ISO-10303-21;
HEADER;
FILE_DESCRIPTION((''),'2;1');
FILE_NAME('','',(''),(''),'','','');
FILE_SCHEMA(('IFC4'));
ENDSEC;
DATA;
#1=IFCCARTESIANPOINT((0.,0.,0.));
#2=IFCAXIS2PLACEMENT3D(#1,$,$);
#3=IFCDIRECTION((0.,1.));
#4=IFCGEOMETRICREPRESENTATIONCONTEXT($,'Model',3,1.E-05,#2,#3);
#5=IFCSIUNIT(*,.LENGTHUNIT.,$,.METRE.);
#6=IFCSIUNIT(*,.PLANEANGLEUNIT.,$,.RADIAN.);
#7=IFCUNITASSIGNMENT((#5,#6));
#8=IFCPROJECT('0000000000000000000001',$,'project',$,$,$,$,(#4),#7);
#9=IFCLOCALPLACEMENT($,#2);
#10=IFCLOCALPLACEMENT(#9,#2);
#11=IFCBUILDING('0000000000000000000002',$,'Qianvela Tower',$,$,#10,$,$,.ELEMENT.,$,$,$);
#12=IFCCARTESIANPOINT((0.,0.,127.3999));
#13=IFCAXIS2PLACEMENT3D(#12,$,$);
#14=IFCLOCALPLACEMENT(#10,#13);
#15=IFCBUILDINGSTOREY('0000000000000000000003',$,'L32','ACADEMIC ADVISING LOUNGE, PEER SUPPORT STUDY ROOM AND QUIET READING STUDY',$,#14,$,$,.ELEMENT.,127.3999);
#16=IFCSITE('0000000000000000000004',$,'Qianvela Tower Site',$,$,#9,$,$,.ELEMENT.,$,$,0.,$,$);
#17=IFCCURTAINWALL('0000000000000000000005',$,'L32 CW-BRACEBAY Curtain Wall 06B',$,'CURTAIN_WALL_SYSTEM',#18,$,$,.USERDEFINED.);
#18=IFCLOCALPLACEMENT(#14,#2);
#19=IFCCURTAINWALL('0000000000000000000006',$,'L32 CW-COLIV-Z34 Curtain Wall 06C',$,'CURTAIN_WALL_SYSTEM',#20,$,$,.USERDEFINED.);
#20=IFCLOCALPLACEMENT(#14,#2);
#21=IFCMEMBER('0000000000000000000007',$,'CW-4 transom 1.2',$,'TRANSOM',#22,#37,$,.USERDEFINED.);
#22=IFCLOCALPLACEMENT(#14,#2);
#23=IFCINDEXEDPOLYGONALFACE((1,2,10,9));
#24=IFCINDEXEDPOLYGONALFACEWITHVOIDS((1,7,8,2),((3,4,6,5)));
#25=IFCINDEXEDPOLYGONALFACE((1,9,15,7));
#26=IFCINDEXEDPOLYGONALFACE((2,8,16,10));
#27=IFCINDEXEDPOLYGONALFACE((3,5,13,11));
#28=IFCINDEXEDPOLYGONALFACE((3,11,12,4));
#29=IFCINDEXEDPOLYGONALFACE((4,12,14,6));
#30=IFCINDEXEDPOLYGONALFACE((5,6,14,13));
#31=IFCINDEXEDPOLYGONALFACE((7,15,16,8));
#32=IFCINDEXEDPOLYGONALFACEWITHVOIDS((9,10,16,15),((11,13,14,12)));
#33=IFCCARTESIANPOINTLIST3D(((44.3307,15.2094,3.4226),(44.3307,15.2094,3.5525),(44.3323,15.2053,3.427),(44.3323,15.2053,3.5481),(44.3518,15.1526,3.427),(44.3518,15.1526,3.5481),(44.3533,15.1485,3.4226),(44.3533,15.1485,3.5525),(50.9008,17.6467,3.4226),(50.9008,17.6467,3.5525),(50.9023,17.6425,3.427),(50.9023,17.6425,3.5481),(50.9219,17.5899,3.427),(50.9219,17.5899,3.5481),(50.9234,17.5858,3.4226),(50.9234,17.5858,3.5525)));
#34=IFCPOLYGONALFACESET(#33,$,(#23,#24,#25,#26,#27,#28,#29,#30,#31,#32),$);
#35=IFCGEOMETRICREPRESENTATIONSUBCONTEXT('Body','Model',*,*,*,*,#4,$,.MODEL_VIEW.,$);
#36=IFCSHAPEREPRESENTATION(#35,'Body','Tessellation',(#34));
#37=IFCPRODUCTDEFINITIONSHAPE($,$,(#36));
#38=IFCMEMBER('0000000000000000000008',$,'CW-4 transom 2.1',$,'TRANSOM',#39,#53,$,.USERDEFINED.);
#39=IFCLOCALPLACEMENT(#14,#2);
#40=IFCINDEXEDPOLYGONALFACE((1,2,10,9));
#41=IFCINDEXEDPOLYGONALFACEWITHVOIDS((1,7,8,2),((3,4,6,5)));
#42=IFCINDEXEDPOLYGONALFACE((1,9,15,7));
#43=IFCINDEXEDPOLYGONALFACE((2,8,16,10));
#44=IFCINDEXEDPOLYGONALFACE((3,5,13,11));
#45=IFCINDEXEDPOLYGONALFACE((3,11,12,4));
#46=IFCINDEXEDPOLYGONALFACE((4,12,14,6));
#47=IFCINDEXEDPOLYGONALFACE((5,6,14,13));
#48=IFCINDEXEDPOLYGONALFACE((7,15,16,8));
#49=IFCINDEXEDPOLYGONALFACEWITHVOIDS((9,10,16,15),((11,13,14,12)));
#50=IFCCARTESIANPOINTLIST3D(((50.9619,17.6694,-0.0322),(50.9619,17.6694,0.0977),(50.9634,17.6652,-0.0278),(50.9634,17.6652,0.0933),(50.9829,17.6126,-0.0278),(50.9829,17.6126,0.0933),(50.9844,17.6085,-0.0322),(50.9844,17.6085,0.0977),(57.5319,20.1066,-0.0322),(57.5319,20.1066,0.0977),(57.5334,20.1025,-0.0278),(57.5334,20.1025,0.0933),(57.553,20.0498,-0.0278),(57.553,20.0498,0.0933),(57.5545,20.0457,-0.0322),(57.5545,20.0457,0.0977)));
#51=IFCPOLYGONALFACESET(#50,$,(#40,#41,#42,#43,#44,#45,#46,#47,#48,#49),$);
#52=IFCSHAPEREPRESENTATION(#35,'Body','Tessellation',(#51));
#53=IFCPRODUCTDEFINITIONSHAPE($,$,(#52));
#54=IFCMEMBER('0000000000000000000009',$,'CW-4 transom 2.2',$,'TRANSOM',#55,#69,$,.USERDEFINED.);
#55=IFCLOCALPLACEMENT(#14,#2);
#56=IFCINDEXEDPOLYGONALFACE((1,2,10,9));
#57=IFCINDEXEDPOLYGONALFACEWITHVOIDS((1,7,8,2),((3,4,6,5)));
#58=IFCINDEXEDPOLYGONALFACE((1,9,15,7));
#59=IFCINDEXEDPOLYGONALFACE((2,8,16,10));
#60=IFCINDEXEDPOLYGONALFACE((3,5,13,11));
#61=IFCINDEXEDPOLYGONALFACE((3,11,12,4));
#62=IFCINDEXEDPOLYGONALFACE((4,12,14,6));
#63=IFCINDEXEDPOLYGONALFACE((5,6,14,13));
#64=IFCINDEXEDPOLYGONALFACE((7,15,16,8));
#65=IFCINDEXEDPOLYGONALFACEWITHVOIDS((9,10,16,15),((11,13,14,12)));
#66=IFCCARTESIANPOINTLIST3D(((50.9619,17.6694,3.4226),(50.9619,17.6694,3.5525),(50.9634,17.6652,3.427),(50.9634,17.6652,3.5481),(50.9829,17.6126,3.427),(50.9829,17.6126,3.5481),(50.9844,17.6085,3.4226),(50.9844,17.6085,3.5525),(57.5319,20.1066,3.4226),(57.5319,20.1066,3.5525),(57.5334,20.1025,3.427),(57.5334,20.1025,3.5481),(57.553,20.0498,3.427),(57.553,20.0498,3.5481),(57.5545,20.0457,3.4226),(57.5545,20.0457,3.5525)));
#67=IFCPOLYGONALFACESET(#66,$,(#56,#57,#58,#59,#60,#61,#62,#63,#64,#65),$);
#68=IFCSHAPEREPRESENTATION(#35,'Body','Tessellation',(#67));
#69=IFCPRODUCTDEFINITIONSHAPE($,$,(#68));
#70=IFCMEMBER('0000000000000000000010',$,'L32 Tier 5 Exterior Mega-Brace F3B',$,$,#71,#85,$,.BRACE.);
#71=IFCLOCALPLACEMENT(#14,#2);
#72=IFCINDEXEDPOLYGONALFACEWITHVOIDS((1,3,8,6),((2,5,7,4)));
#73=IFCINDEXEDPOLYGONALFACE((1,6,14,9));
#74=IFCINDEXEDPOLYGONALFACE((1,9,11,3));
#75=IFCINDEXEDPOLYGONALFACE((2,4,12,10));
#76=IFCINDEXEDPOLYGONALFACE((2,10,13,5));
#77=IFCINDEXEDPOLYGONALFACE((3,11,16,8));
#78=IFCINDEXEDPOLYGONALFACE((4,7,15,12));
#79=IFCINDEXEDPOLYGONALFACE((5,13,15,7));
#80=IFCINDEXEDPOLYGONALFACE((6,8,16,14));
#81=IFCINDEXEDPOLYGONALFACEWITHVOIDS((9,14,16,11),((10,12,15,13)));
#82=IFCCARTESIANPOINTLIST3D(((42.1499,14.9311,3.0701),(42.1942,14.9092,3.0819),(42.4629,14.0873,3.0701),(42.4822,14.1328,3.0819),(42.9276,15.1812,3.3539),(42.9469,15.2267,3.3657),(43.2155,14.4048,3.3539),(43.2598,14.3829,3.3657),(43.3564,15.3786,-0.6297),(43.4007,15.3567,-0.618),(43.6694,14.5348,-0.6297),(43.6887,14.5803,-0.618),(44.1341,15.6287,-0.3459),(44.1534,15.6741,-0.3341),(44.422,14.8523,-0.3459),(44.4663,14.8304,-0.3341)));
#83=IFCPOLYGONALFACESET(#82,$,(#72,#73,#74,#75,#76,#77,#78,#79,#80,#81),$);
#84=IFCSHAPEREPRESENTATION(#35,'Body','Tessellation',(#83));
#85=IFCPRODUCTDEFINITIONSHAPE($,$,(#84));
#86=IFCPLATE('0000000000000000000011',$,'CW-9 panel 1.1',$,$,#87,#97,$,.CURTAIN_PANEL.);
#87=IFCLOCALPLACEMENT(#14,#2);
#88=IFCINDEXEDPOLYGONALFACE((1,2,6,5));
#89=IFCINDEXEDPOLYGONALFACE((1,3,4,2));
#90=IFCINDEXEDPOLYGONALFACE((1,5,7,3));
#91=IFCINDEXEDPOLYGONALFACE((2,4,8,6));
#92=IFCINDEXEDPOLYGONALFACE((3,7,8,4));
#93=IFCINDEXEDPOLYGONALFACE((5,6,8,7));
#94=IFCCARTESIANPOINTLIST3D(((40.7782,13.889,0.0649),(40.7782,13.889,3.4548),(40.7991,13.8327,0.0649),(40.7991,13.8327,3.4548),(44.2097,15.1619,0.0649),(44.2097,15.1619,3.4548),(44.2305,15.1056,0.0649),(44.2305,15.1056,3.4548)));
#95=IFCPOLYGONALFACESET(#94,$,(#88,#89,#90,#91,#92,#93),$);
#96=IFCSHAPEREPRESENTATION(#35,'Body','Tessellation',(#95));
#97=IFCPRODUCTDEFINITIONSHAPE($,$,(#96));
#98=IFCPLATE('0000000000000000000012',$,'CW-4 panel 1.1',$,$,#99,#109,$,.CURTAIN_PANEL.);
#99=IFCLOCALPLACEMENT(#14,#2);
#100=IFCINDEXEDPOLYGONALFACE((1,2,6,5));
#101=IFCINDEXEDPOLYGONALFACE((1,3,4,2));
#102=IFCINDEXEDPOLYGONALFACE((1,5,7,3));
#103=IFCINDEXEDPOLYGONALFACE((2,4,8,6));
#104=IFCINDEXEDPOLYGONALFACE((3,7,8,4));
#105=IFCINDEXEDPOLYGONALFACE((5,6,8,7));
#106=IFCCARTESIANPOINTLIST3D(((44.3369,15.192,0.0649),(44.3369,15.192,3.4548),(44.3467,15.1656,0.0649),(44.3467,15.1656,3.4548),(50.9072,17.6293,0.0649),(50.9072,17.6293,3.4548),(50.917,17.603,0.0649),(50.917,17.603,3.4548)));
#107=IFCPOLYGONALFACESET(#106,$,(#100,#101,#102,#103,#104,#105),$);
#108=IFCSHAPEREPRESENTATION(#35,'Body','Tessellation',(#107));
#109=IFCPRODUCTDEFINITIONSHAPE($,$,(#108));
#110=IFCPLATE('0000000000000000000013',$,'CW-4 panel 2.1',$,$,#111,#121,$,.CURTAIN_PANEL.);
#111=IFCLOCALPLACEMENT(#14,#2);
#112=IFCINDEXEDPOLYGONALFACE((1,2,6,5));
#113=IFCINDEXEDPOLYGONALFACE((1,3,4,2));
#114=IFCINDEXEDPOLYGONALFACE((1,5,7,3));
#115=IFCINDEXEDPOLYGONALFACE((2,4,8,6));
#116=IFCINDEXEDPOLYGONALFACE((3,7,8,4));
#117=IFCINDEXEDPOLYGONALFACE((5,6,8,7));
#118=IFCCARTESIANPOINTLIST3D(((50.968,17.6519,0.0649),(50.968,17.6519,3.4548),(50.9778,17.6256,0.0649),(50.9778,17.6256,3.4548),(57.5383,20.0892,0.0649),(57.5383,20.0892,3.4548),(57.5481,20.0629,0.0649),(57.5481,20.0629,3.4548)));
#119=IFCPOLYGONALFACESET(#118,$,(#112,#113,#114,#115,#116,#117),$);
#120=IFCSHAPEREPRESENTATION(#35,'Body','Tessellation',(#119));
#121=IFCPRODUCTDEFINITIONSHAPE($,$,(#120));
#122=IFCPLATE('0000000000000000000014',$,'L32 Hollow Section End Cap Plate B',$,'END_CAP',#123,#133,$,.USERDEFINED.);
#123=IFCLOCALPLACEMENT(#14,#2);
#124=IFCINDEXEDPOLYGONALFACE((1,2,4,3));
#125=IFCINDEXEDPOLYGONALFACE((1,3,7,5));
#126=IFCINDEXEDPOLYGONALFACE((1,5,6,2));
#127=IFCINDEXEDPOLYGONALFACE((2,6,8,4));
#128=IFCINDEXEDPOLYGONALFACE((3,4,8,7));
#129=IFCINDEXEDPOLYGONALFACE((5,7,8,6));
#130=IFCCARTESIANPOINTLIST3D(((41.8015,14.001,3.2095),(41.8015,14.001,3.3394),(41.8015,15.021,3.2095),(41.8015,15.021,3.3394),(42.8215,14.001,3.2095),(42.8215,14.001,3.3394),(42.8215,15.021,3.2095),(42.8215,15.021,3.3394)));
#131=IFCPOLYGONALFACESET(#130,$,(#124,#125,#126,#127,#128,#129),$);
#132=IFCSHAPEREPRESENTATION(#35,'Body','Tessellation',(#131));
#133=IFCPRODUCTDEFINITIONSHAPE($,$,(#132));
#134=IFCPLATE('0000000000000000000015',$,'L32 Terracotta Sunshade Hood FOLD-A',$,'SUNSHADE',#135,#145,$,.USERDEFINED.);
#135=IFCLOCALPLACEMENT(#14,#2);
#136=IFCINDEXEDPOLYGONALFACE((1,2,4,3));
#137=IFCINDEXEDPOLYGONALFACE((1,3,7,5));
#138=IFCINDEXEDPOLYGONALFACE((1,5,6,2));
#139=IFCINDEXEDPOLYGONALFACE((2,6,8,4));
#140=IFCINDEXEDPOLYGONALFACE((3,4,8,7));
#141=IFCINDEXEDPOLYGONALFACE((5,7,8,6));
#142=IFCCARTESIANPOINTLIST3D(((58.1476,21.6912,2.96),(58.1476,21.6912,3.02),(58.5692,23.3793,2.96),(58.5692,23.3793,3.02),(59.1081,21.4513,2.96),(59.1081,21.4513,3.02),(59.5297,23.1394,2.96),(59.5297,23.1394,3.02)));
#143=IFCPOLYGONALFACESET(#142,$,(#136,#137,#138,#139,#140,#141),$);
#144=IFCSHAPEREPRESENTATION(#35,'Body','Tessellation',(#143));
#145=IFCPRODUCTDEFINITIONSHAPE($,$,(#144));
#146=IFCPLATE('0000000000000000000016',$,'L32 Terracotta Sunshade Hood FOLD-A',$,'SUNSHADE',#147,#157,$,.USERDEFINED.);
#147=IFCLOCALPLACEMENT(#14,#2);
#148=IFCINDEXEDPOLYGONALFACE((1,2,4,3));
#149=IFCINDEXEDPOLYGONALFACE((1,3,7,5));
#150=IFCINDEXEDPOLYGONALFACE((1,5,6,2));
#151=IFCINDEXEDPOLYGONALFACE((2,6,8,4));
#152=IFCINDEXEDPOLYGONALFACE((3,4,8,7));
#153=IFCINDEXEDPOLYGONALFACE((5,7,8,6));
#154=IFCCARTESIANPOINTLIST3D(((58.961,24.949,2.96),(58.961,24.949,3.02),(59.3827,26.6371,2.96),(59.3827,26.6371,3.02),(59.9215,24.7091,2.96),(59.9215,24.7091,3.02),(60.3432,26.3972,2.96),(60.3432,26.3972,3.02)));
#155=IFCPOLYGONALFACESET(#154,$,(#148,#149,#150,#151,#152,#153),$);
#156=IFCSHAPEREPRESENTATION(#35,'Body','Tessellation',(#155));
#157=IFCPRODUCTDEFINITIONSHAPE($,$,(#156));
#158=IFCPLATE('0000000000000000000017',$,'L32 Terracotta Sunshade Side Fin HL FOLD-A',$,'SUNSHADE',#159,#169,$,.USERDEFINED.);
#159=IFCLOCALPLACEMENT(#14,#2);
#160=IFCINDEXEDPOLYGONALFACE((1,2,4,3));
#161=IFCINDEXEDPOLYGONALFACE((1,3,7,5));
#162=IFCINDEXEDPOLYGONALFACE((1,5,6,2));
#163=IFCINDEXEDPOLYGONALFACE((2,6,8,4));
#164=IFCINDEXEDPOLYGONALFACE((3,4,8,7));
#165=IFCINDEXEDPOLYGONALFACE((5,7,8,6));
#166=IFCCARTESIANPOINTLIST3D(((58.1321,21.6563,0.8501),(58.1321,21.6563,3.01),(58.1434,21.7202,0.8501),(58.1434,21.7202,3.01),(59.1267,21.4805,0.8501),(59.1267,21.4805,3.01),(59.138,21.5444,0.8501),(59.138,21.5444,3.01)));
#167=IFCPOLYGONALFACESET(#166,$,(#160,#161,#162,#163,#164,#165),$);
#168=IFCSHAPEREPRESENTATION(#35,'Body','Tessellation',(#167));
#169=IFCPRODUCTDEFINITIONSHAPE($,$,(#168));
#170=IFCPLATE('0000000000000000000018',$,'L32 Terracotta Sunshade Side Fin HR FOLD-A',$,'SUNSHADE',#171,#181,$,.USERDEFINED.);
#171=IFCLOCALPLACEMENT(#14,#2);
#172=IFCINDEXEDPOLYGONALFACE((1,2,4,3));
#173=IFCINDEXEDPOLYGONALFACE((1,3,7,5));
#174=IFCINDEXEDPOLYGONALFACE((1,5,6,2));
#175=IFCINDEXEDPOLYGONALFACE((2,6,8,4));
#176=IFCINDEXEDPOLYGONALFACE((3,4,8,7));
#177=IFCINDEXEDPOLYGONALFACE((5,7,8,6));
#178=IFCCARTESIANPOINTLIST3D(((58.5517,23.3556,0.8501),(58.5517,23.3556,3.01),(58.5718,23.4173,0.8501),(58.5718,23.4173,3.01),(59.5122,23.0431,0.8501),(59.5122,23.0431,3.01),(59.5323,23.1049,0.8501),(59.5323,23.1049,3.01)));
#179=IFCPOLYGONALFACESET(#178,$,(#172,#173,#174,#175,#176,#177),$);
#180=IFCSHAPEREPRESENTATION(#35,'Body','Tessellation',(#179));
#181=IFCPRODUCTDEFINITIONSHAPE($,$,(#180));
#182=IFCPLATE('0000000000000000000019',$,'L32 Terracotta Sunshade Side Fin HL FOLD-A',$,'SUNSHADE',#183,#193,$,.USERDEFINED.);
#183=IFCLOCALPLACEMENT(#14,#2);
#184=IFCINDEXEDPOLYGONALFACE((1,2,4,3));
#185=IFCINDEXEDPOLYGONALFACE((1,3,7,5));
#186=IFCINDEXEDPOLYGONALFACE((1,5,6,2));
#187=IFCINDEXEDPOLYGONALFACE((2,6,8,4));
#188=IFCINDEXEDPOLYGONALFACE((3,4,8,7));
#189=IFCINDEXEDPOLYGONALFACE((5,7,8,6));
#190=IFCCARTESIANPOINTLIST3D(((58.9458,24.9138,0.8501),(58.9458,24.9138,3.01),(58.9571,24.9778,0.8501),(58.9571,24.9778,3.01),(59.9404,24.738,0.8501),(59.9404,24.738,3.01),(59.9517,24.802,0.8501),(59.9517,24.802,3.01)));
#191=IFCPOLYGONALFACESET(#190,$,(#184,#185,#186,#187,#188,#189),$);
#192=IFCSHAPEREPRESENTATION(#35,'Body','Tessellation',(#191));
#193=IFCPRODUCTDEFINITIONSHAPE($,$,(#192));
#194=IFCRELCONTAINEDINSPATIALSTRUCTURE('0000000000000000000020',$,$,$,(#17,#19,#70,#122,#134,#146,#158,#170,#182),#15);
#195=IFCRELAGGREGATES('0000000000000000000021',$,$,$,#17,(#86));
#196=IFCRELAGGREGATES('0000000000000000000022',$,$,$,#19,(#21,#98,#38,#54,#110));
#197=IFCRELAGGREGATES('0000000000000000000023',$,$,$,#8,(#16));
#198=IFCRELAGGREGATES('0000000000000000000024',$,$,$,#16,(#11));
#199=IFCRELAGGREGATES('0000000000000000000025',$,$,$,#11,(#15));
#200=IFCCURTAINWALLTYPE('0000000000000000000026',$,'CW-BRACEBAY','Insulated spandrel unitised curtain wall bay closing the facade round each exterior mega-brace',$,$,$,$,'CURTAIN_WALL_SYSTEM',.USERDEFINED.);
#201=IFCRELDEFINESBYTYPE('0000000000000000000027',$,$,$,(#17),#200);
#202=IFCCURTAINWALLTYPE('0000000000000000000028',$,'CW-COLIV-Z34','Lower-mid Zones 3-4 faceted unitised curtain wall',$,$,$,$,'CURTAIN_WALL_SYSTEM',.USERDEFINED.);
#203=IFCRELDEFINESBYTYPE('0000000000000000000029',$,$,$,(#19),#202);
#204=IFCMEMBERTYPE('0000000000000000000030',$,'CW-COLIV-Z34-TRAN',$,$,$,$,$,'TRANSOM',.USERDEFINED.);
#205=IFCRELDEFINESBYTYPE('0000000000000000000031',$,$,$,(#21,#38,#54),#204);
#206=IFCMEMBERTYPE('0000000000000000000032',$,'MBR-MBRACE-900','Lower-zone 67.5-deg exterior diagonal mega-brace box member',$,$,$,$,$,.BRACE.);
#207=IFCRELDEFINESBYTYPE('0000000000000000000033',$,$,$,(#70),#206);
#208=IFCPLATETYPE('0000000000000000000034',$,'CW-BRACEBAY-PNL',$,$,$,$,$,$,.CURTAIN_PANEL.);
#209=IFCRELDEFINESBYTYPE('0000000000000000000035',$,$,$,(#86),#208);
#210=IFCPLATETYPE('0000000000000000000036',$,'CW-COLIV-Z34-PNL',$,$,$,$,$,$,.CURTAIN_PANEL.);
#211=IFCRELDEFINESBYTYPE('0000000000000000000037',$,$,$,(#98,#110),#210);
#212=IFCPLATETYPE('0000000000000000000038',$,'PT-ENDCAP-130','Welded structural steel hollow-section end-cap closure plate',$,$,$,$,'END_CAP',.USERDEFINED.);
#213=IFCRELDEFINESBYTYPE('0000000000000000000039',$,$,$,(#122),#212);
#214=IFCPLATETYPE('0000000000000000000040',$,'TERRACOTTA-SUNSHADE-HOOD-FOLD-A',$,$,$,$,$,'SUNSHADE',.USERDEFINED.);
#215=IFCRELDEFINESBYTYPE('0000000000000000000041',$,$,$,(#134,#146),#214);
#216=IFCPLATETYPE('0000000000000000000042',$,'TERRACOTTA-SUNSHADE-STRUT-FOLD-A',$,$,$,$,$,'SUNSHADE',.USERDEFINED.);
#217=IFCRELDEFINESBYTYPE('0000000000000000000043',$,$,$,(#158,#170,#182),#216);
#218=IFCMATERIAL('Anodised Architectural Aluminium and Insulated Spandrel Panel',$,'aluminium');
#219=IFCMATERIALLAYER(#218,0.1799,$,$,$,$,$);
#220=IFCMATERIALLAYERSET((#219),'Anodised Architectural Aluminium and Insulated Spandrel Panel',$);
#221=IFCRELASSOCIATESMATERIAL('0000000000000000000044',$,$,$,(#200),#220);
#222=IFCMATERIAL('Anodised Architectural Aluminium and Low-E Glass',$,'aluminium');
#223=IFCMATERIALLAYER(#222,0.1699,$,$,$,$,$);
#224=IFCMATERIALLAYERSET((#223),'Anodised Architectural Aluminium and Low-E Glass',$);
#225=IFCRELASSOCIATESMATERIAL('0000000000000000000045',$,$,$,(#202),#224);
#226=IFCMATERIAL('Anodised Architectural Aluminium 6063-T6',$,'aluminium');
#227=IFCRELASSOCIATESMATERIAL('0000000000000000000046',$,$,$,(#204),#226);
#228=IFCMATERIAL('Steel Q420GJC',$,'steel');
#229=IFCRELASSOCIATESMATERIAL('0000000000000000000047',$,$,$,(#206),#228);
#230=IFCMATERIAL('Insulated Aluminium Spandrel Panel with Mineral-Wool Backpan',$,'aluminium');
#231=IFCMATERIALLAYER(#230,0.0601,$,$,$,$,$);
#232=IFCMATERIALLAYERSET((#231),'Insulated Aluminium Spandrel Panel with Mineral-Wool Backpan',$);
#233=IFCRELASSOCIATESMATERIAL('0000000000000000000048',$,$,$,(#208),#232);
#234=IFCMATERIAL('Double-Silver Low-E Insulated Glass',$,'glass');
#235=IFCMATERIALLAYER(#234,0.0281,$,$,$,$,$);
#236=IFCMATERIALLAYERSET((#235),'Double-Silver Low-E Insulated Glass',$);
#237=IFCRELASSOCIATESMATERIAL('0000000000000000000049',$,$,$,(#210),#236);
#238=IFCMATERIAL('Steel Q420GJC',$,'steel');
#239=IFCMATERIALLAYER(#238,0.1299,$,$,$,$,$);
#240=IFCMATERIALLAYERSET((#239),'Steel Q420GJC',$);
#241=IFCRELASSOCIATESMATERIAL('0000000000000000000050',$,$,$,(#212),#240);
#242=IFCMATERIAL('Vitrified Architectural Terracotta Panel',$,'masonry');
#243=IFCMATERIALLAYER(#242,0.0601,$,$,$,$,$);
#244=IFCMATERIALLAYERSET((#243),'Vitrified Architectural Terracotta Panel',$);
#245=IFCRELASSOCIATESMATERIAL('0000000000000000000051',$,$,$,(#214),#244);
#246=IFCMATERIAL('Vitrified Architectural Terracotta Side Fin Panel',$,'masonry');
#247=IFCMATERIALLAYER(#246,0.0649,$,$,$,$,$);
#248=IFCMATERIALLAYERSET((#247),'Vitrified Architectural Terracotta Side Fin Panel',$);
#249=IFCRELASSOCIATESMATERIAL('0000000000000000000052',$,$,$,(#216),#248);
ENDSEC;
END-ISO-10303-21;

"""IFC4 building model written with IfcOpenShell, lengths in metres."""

from ifc_helpers import new_model, si_unit, direction, frame, origin, origin_2d, place, context, subcontext, project, spatial, rectangle, hollow_rectangle, extrude, material, layer, layer_set, material_profile, profile_set, type_object, element, aggregate, save


model = new_model("IFC4")

# Units and contexts
model_context = context("Model", 3, precision=1e-05, world=origin(), true_north=direction((0.0, 1.0)))
body_context = subcontext(model_context, "Body", "Model", "MODEL_VIEW")
ifc_project = project(units=[si_unit("LENGTHUNIT", "METRE"), si_unit("PLANEANGLEUNIT", "RADIAN")], contexts=[model_context])

# Site, building, storey
site_placement = place(None, origin())
site = spatial("IfcSite", under=ifc_project, at=site_placement, Name="Qianvela Tower Site", CompositionType="ELEMENT", RefElevation=0.0)
building_placement = place(site_placement, origin())
building = spatial("IfcBuilding", under=site, at=building_placement, Name="Qianvela Tower", CompositionType="ELEMENT")
storey_placement = place(building_placement, frame((0.0, 0.0, 127.3999)))
storey = spatial("IfcBuildingStorey", under=building, at=storey_placement, Name="L32", Description="ACADEMIC ADVISING LOUNGE, PEER SUPPORT STUDY ROOM AND QUIET READING STUDY", CompositionType="ELEMENT", Elevation=127.3999)

# Curtain wall
ifc_material_1 = material(Name="Anodised Architectural Aluminium and Insulated Spandrel Panel", Category="aluminium")
ifc_layer_1 = layer(ifc_material_1, 0.1799)
ifc_layer_set_1 = layer_set([ifc_layer_1], Name="Anodised Architectural Aluminium and Insulated Spandrel Panel")
curtain_wall_type_1 = type_object("IfcCurtainWallType", Name="CW-BRACEBAY", Description="Insulated spandrel unitised curtain wall bay closing the facade round each exterior mega-brace", ElementType="CURTAIN_WALL_SYSTEM", PredefinedType="USERDEFINED", material=ifc_layer_set_1)
curtain_wall_1_placement = place(storey_placement, origin())
curtain_wall_1 = element("IfcCurtainWall", 1, at=curtain_wall_1_placement, inside=storey, type_object=curtain_wall_type_1, Name="L32 CW-BRACEBAY Curtain Wall 06B", ObjectType="CURTAIN_WALL_SYSTEM", PredefinedType="USERDEFINED")

# Curtain wall, members
ifc_material_2 = material(Name="Anodised Architectural Aluminium and Low-E Glass", Category="aluminium")
ifc_layer_2 = layer(ifc_material_2, 0.1699)
ifc_layer_set_2 = layer_set([ifc_layer_2], Name="Anodised Architectural Aluminium and Low-E Glass")
curtain_wall_type_2 = type_object("IfcCurtainWallType", Name="CW-COLIV-Z34", Description="Lower-mid Zones 3-4 faceted unitised curtain wall", ElementType="CURTAIN_WALL_SYSTEM", PredefinedType="USERDEFINED", material=ifc_layer_set_2)
curtain_wall_2_placement = place(storey_placement, origin())
curtain_wall_2 = element("IfcCurtainWall", 2, at=curtain_wall_2_placement, inside=storey, type_object=curtain_wall_type_2, Name="L32 CW-COLIV-Z34 Curtain Wall 06C", ObjectType="CURTAIN_WALL_SYSTEM", PredefinedType="USERDEFINED")
ifc_material_3 = material(Name="Anodised Architectural Aluminium 6063-T6", Category="aluminium")
ifc_material_profile_1 = material_profile(ifc_material_3, hollow_rectangle(XDim=0.0649, YDim=0.1299, WallThickness=0.0044, at=origin_2d()), Name="ALU-TRAN-65x130")
ifc_profile_set_1 = profile_set([ifc_material_profile_1], Name="Anodised Architectural Aluminium 6063-T6")
member_type_1 = type_object("IfcMemberType", Name="CW-COLIV-Z34-TRAN", ElementType="TRANSOM", PredefinedType="USERDEFINED", material=ifc_profile_set_1)
member_1_placement = place(storey_placement, frame((44.342, 15.179, 3.4875), z_axis=(0.937568, 0.347803, 0.0), x_axis=(-0.347803, 0.937568, 0.0)))
member_1 = element("IfcMember", 3, at=member_1_placement, type_object=member_type_1, Name="CW-4 transom 1.2", ObjectType="TRANSOM", PredefinedType="USERDEFINED", context=body_context, shape_type="SweptSolid", body=[
    extrude(hollow_rectangle(XDim=0.0649, YDim=0.1299, WallThickness=0.0044, at=origin_2d()), origin(), (0.0, 0.0, 1.0), 7.0076),
])
member_2_placement = place(storey_placement, frame((50.9731, 17.6389, 0.0327), z_axis=(0.937568, 0.347803, 0.0), x_axis=(-0.347803, 0.937568, 0.0)))
member_2 = element("IfcMember", 4, at=member_2_placement, type_object=member_type_1, Name="CW-4 transom 2.1", ObjectType="TRANSOM", PredefinedType="USERDEFINED", context=body_context, shape_type="SweptSolid", body=[
    extrude(hollow_rectangle(XDim=0.0649, YDim=0.1299, WallThickness=0.0044, at=origin_2d()), origin(), (0.0, 0.0, 1.0), 7.0076),
])
member_3_placement = place(storey_placement, frame((50.9731, 17.6389, 3.4875), z_axis=(0.937568, 0.347803, 0.0), x_axis=(-0.347803, 0.937568, 0.0)))
member_3 = element("IfcMember", 5, at=member_3_placement, type_object=member_type_1, Name="CW-4 transom 2.2", ObjectType="TRANSOM", PredefinedType="USERDEFINED", context=body_context, shape_type="SweptSolid", body=[
    extrude(hollow_rectangle(XDim=0.0649, YDim=0.1299, WallThickness=0.0044, at=origin_2d()), origin(), (0.0, 0.0, 1.0), 7.0076),
])

# Member
ifc_material_4 = material(Name="Steel Q420GJC", Category="steel")
ifc_material_profile_2 = material_profile(ifc_material_4, hollow_rectangle(XDim=0.8999, YDim=0.8999, WallThickness=0.0359, at=origin_2d()), Name="MBOX-900x900x36")
ifc_profile_set_2 = profile_set([ifc_material_profile_2], Name="Steel Q420GJC")
member_type_2 = type_object("IfcMemberType", Name="MBR-MBRACE-900", Description="Lower-zone 67.5-deg exterior diagonal mega-brace box member", PredefinedType="BRACE", material=ifc_profile_set_2)
member_4_placement = place(storey_placement, frame((43.9114, 15.1045, -0.4819), z_axis=(-0.308, -0.114238, 0.944503), x_axis=(0.347753, -0.937586, 0.0)))
element("IfcMember", 6, at=member_4_placement, inside=storey, type_object=member_type_2, Name="L32 Tier 5 Exterior Mega-Brace F3B", PredefinedType="BRACE", context=body_context, shape_type="SweptSolid", body=[
    extrude(hollow_rectangle(XDim=0.8999, YDim=0.8999, WallThickness=0.0359, at=origin_2d()), origin(), (0.0, 0.0, 1.0), 3.9172),
])

# Plates
ifc_material_5 = material(Name="Insulated Aluminium Spandrel Panel with Mineral-Wool Backpan", Category="aluminium")
ifc_layer_3 = layer(ifc_material_5, 0.0601)
ifc_layer_set_3 = layer_set([ifc_layer_3], Name="Insulated Aluminium Spandrel Panel with Mineral-Wool Backpan")
plate_type_1 = type_object("IfcPlateType", Name="CW-BRACEBAY-PNL", PredefinedType="CURTAIN_PANEL", material=ifc_layer_set_3)
plate_1_placement = place(storey_placement, frame((42.5044, 14.4973, 0.0649), z_axis=(0.0, 0.0, 1.0), x_axis=(0.937566, 0.347808, 0.0)))
plate_1 = element("IfcPlate", 7, at=plate_1_placement, type_object=plate_type_1, Name="CW-9 panel 1.1", PredefinedType="CURTAIN_PANEL", context=body_context, shape_type="SweptSolid", body=[
    extrude(rectangle(XDim=3.6599, YDim=0.0601, at=origin_2d()), origin(), (0.0, 0.0, 1.0), 3.3899),
])
aggregate(curtain_wall_1, [plate_1])
ifc_material_6 = material(Name="Double-Silver Low-E Insulated Glass", Category="glass")
ifc_layer_4 = layer(ifc_material_6, 0.0281)
ifc_layer_set_4 = layer_set([ifc_layer_4], Name="Double-Silver Low-E Insulated Glass")
plate_type_2 = type_object("IfcPlateType", Name="CW-COLIV-Z34-PNL", PredefinedType="CURTAIN_PANEL", material=ifc_layer_set_4)
plate_2_placement = place(storey_placement, frame((47.627, 16.3975, 0.0649), z_axis=(0.0, 0.0, 1.0), x_axis=(0.937568, 0.347802, 0.0)))
plate_2 = element("IfcPlate", 8, at=plate_2_placement, type_object=plate_type_2, Name="CW-4 panel 1.1", PredefinedType="CURTAIN_PANEL", context=body_context, shape_type="SweptSolid", body=[
    extrude(rectangle(XDim=7.0078, YDim=0.0281, at=origin_2d()), origin(), (0.0, 0.0, 1.0), 3.3899),
])
plate_3_placement = place(storey_placement, frame((54.2581, 18.8574, 0.0649), z_axis=(0.0, 0.0, 1.0), x_axis=(0.937568, 0.347802, 0.0)))
plate_3 = element("IfcPlate", 9, at=plate_3_placement, type_object=plate_type_2, Name="CW-4 panel 2.1", PredefinedType="CURTAIN_PANEL", context=body_context, shape_type="SweptSolid", body=[
    extrude(rectangle(XDim=7.0078, YDim=0.0281, at=origin_2d()), origin(), (0.0, 0.0, 1.0), 3.3899),
])
aggregate(curtain_wall_2, [member_1, plate_2, member_2, member_3, plate_3])

# Plates
ifc_material_7 = material(Name="Steel Q420GJC", Category="steel")
ifc_layer_5 = layer(ifc_material_7, 0.1299)
ifc_layer_set_5 = layer_set([ifc_layer_5], Name="Steel Q420GJC")
plate_type_3 = type_object("IfcPlateType", Name="PT-ENDCAP-130", Description="Welded structural steel hollow-section end-cap closure plate", ElementType="END_CAP", PredefinedType="USERDEFINED", material=ifc_layer_set_5)
plate_4_placement = place(storey_placement, frame((42.3115, 14.511, 3.2095), z_axis=(0.0, 0.0, 1.0), x_axis=(1.0, 0.0, 0.0)))
element("IfcPlate", 10, at=plate_4_placement, inside=storey, type_object=plate_type_3, Name="L32 Hollow Section End Cap Plate B", ObjectType="END_CAP", PredefinedType="USERDEFINED", context=body_context, shape_type="SweptSolid", body=[
    extrude(rectangle(XDim=1.02, YDim=1.02, at=origin_2d()), origin(), (0.0, 0.0, 1.0), 0.1299),
])
ifc_material_8 = material(Name="Vitrified Architectural Terracotta Panel", Category="masonry")
ifc_layer_6 = layer(ifc_material_8, 0.0601)
ifc_layer_set_6 = layer_set([ifc_layer_6], Name="Vitrified Architectural Terracotta Panel")
plate_type_4 = type_object("IfcPlateType", Name="TERRACOTTA-SUNSHADE-HOOD-FOLD-A", ElementType="SUNSHADE", PredefinedType="USERDEFINED", material=ifc_layer_set_6)
for number, where, z_axis, x_axis, name in (
    (11, (58.8386, 22.4153, 2.96), (0.0, 0.0, 1.0), (0.242311, 0.970199, 0.0), "L32 Terracotta Sunshade Hood FOLD-A"),
    (12, (59.6521, 25.6731, 2.96), (0.0, 0.0, 1.0), (0.242311, 0.970199, 0.0), "L32 Terracotta Sunshade Hood FOLD-A"),
):
    element("IfcPlate", number, at=place(storey_placement, frame(where, z_axis=z_axis, x_axis=x_axis)), inside=storey, type_object=plate_type_4, Name=name, ObjectType="SUNSHADE", PredefinedType="USERDEFINED", context=body_context, shape_type="SweptSolid", body=[
        extrude(rectangle(XDim=1.74, YDim=0.99, at=origin_2d()), origin(), (0.0, 0.0, 1.0), 0.0601),
    ])
ifc_material_9 = material(Name="Vitrified Architectural Terracotta Side Fin Panel", Category="masonry")
ifc_layer_7 = layer(ifc_material_9, 0.0649)
ifc_layer_set_7 = layer_set([ifc_layer_7], Name="Vitrified Architectural Terracotta Side Fin Panel")
plate_type_5 = type_object("IfcPlateType", Name="TERRACOTTA-SUNSHADE-STRUT-FOLD-A", ElementType="SUNSHADE", PredefinedType="USERDEFINED", material=ifc_layer_set_7)
for number, where, z_axis, x_axis, name in (
    (13, (58.635, 21.6003, 0.8501), (0.0, 0.0, 1.0), (0.174043, 0.984738, 0.0), "L32 Terracotta Sunshade Side Fin HL FOLD-A"),
    (14, (59.042, 23.2302, 0.8501), (0.0, 0.0, 1.0), (0.309399, 0.950932, 0.0), "L32 Terracotta Sunshade Side Fin HR FOLD-A"),
    (15, (59.4487, 24.8579, 0.8501), (0.0, 0.0, 1.0), (0.174043, 0.984738, 0.0), "L32 Terracotta Sunshade Side Fin HL FOLD-A"),
):
    element("IfcPlate", number, at=place(storey_placement, frame(where, z_axis=z_axis, x_axis=x_axis)), inside=storey, type_object=plate_type_5, Name=name, ObjectType="SUNSHADE", PredefinedType="USERDEFINED", context=body_context, shape_type="SweptSolid", body=[
        extrude(rectangle(XDim=0.0649, YDim=1.01, at=origin_2d()), origin(), (0.0, 0.0, 1.0), 2.1599),
    ])

save(model, "model.ifc")
